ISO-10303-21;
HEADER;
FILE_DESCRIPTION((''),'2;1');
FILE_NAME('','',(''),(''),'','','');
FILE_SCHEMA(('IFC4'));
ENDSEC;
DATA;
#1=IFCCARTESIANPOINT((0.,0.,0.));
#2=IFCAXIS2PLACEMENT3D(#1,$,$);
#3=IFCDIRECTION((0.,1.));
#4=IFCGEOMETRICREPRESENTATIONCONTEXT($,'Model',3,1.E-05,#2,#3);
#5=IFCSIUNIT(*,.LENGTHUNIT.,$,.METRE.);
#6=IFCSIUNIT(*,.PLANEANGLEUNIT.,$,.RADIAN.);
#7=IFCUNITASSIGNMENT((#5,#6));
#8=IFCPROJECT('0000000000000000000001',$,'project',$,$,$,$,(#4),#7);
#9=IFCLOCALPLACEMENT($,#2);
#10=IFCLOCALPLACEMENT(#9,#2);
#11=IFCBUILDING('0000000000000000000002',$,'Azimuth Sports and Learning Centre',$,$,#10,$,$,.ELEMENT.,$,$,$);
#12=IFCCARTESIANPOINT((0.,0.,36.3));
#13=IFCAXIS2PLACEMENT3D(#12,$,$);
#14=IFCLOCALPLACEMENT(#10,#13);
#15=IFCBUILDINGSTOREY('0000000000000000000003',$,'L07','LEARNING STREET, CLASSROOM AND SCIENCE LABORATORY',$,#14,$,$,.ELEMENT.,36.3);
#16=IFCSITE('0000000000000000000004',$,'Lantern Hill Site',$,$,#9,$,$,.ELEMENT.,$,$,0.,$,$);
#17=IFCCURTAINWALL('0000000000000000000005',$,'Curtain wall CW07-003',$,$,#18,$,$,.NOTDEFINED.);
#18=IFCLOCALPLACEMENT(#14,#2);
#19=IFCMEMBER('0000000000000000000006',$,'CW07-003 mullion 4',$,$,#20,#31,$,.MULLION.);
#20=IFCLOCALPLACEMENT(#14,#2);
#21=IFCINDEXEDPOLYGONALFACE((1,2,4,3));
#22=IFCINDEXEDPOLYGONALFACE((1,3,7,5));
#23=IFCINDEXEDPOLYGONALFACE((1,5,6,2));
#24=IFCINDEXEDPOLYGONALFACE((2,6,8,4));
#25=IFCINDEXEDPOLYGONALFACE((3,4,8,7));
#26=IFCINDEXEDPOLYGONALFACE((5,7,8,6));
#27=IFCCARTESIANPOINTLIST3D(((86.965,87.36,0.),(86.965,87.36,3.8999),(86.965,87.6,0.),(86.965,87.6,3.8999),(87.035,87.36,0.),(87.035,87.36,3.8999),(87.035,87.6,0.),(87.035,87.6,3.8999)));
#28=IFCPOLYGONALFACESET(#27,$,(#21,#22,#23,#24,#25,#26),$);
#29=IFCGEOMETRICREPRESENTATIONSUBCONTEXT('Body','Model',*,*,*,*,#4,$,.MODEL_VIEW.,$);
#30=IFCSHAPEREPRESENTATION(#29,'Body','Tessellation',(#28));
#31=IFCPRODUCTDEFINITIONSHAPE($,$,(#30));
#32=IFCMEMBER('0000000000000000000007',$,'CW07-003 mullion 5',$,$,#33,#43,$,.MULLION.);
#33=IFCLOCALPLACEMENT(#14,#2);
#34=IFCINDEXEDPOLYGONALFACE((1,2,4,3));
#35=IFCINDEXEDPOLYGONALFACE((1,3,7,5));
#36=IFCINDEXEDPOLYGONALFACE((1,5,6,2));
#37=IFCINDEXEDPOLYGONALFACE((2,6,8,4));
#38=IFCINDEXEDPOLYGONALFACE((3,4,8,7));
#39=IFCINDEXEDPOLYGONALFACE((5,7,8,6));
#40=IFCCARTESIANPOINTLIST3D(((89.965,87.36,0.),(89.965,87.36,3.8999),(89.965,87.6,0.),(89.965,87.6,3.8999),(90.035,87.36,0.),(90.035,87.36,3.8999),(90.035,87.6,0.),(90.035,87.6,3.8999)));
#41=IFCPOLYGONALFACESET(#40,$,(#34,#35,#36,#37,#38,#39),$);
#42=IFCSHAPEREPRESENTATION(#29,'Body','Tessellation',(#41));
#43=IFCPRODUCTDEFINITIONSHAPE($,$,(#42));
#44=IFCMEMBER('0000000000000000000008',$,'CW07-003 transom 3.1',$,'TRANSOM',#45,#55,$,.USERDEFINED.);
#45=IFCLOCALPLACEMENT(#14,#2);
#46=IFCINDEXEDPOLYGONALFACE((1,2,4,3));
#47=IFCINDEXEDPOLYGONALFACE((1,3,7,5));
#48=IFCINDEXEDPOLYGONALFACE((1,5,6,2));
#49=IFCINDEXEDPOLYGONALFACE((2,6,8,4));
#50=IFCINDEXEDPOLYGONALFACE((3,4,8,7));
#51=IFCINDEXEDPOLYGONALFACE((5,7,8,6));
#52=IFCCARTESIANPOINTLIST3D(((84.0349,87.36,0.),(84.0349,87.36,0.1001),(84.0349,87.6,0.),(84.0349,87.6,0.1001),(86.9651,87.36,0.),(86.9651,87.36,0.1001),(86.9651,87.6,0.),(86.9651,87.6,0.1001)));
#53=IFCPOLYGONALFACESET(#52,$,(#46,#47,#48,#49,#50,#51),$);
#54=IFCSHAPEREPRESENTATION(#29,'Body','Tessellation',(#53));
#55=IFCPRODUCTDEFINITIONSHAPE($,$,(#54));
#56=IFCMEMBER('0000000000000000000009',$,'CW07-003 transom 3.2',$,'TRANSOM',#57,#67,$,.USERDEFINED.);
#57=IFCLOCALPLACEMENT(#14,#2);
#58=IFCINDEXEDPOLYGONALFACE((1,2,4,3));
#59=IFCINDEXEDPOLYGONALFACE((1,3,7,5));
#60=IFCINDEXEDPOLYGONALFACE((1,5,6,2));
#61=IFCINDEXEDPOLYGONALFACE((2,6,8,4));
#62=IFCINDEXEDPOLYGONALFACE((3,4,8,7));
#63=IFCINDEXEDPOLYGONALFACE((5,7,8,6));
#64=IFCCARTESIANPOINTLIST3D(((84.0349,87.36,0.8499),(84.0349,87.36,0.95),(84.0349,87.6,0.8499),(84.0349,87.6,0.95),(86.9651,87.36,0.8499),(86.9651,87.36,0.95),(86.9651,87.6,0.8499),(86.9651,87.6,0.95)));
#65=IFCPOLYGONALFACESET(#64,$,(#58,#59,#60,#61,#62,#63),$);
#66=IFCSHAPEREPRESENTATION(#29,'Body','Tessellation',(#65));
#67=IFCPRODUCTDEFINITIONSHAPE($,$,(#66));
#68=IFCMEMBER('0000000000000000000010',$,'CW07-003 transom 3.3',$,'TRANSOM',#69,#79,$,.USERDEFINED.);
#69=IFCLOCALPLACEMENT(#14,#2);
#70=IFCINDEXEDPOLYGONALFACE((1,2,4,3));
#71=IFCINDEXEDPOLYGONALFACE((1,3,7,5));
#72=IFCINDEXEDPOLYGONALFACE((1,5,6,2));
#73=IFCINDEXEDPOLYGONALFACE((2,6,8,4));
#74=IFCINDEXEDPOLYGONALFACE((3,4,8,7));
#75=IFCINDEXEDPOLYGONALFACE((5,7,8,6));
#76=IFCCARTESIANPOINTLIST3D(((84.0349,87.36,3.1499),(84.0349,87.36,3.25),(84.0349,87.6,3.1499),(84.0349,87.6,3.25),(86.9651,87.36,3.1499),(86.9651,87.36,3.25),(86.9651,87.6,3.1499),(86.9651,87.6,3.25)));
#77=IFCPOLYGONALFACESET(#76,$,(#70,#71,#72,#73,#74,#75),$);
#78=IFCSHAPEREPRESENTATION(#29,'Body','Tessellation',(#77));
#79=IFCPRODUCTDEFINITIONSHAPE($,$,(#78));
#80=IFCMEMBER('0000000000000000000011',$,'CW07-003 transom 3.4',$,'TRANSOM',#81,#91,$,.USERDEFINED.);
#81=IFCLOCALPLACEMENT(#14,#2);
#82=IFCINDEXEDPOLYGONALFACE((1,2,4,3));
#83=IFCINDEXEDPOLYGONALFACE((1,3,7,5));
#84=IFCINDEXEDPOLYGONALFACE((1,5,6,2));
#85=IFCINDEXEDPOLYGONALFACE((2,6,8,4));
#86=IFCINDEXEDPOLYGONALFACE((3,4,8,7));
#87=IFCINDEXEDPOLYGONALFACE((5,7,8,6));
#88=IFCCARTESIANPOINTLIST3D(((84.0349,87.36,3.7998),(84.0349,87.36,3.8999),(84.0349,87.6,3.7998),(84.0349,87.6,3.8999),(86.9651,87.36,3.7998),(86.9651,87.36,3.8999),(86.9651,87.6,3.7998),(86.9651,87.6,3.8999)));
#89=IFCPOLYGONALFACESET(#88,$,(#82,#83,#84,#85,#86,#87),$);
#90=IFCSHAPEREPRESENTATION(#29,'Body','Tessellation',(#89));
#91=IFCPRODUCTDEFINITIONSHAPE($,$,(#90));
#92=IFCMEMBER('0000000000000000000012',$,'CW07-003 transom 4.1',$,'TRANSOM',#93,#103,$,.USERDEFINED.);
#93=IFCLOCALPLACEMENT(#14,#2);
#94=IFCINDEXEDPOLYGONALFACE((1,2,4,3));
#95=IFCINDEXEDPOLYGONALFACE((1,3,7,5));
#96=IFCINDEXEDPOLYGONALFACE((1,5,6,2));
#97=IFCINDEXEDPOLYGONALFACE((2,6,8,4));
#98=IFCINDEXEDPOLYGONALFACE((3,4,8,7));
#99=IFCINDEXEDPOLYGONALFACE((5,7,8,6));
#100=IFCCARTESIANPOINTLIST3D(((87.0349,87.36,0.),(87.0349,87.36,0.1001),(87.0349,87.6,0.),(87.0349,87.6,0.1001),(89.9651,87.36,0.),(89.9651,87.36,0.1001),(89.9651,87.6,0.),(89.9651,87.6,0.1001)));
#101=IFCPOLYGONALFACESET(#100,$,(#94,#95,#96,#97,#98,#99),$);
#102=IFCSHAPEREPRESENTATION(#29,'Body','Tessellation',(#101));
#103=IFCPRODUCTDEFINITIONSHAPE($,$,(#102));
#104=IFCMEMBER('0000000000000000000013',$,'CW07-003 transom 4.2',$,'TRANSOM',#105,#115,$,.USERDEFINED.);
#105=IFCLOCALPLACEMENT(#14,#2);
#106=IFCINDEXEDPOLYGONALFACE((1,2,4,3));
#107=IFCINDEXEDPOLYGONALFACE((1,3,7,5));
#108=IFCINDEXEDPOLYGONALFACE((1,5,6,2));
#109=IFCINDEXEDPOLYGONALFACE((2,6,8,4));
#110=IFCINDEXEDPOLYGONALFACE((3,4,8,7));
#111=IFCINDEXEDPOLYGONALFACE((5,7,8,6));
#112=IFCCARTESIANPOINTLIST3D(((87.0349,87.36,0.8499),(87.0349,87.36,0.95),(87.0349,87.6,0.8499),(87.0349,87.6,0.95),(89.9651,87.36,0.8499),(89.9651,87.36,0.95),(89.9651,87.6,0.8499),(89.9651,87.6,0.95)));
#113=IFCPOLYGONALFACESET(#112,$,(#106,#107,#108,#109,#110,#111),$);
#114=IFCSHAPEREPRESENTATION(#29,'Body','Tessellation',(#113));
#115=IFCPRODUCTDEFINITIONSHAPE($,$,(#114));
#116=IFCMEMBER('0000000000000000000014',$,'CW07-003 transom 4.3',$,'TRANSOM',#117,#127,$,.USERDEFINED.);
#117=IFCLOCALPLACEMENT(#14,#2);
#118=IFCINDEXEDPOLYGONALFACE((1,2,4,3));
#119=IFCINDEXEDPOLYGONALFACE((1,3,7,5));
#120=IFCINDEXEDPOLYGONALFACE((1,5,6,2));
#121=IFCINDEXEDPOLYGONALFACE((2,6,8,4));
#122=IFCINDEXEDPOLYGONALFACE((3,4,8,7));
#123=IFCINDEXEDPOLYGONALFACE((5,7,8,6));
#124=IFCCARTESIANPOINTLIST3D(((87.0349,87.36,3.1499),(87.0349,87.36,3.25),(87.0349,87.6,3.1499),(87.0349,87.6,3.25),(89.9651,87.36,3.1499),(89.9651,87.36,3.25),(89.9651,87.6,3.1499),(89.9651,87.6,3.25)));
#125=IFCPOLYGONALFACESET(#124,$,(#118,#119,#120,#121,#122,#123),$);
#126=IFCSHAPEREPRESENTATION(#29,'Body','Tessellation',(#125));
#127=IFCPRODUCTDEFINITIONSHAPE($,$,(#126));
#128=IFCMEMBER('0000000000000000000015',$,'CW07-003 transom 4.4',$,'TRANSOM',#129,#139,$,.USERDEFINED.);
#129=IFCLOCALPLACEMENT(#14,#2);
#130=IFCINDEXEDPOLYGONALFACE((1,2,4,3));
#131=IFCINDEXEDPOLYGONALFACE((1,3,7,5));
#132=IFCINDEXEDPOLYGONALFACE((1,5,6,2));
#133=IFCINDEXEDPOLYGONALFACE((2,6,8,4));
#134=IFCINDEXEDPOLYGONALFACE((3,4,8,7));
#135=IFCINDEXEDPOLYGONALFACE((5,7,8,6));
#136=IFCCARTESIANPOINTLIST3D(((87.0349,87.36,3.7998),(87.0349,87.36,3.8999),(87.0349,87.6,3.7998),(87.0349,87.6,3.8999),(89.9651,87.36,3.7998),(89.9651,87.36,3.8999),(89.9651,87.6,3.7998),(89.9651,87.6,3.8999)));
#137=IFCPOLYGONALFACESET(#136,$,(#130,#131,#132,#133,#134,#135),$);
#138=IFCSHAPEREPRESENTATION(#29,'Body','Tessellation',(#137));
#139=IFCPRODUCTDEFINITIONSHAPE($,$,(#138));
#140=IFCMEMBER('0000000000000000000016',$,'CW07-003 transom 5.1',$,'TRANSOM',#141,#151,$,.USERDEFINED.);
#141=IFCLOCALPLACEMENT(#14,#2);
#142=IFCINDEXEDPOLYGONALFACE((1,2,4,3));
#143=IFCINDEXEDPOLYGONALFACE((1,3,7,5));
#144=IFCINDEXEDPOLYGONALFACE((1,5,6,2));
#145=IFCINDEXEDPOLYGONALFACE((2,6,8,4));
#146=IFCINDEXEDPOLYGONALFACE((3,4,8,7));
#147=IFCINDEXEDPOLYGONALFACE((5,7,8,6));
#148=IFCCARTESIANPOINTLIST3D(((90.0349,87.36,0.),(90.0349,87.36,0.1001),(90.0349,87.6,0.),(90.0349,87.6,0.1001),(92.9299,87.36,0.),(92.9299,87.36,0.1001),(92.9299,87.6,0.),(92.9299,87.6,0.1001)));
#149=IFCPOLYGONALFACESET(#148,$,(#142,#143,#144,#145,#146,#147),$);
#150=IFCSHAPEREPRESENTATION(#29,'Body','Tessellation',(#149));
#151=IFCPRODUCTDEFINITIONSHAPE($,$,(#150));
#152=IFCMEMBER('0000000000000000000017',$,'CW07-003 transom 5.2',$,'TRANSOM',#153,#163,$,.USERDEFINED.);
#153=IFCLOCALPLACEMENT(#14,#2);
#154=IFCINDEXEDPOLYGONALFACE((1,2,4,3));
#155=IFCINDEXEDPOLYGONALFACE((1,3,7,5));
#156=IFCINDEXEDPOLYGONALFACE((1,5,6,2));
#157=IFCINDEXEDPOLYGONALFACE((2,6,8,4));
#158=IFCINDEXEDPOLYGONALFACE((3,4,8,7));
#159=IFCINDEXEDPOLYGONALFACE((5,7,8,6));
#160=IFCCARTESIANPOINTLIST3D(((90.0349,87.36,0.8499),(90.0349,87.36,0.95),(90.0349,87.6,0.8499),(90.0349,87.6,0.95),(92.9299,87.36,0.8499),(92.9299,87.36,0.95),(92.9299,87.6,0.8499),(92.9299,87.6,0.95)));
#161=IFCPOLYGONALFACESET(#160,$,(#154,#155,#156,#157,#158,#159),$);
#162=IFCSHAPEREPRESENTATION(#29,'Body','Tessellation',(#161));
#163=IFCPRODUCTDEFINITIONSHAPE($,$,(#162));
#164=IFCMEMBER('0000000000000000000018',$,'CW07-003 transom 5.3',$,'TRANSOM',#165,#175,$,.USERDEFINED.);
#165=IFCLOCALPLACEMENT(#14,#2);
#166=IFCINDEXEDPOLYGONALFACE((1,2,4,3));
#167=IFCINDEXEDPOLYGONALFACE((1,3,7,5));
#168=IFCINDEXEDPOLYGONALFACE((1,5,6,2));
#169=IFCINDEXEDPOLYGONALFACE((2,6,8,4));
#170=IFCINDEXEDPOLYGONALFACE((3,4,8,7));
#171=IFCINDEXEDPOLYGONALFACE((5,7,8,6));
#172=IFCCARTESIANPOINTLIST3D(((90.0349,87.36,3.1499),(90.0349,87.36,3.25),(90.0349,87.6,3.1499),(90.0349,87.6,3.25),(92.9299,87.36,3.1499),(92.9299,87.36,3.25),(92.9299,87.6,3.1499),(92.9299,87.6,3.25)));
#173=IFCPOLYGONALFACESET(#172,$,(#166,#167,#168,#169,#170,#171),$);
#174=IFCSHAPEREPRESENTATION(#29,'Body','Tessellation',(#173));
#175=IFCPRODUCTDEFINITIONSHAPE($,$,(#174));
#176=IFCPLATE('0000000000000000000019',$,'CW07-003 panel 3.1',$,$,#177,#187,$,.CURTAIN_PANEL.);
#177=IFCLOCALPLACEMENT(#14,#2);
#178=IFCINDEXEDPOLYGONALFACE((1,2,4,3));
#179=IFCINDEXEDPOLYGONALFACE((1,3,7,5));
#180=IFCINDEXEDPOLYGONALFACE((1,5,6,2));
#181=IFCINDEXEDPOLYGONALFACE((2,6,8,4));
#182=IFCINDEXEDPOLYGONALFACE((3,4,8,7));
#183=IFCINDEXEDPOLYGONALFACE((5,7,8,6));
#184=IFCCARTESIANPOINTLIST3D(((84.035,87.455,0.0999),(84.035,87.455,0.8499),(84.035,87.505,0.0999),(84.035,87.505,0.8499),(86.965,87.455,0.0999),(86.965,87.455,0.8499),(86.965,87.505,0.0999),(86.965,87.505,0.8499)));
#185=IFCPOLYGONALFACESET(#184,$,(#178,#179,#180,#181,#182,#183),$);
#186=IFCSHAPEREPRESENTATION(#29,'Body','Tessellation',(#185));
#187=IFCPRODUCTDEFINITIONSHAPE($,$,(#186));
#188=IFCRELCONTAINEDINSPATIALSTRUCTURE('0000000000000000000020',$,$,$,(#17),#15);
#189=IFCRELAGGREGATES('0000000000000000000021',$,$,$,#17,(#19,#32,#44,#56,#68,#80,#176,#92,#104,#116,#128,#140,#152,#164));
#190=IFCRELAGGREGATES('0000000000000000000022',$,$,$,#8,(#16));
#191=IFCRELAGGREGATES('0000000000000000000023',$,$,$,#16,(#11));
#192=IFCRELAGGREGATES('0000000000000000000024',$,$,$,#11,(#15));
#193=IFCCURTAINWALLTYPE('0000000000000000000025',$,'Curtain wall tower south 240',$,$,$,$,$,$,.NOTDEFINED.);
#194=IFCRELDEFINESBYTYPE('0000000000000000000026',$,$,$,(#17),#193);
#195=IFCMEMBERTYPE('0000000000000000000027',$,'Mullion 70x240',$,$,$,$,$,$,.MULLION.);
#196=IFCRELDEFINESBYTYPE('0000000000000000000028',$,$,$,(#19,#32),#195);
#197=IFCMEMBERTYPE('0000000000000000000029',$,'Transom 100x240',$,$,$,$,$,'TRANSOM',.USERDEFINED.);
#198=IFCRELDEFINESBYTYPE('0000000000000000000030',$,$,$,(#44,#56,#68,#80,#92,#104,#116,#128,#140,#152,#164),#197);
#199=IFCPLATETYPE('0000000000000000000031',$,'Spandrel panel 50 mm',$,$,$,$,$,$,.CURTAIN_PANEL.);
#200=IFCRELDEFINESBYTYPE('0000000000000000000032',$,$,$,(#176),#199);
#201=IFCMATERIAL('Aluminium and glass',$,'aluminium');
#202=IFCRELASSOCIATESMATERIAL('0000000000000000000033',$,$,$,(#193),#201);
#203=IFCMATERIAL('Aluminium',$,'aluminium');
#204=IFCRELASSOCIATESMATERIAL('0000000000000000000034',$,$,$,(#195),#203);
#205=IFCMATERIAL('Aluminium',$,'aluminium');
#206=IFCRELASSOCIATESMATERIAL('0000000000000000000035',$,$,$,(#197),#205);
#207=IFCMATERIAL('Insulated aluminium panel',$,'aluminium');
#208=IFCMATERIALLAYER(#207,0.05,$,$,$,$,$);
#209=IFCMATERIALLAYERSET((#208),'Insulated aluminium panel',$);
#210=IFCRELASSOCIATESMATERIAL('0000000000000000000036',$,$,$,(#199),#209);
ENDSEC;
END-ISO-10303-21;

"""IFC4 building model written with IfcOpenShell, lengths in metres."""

from ifc_helpers import new_model, si_unit, direction, frame, origin, origin_2d, place, context, subcontext, project, spatial, rectangle, extrude, material, layer, layer_set, material_profile, profile_set, type_object, element, aggregate, save


model = new_model("IFC4")

# Units and contexts
model_context = context("Model", 3, precision=1e-05, world=origin(), true_north=direction((0.0, 1.0)))
body_context = subcontext(model_context, "Body", "Model", "MODEL_VIEW")
ifc_project = project(units=[si_unit("LENGTHUNIT", "METRE"), si_unit("PLANEANGLEUNIT", "RADIAN")], contexts=[model_context])

# Site, building, storey
site_placement = place(None, origin())
site = spatial("IfcSite", under=ifc_project, at=site_placement, Name="Lantern Hill Site", CompositionType="ELEMENT", RefElevation=0.0)
building_placement = place(site_placement, origin())
building = spatial("IfcBuilding", under=site, at=building_placement, Name="Azimuth Sports and Learning Centre", CompositionType="ELEMENT")
storey_placement = place(building_placement, frame((0.0, 0.0, 36.3)))
storey = spatial("IfcBuildingStorey", under=building, at=storey_placement, Name="L07", Description="LEARNING STREET, CLASSROOM AND SCIENCE LABORATORY", CompositionType="ELEMENT", Elevation=36.3)

# Curtain wall, members, plate
ifc_material_1 = material(Name="Aluminium and glass", Category="aluminium")
curtain_wall_type = type_object("IfcCurtainWallType", Name="Curtain wall tower south 240", PredefinedType="NOTDEFINED", material=ifc_material_1)
curtain_wall_placement = place(storey_placement, origin())
curtain_wall = element("IfcCurtainWall", 1, at=curtain_wall_placement, inside=storey, type_object=curtain_wall_type, Name="Curtain wall CW07-003", PredefinedType="NOTDEFINED")
ifc_material_2 = material(Name="Aluminium", Category="aluminium")
ifc_material_profile_1 = material_profile(ifc_material_2, rectangle(XDim=0.24, YDim=0.0701, at=origin_2d()), Name="Mullion 70x240")
ifc_profile_set_1 = profile_set([ifc_material_profile_1], Name="Aluminium")
member_type_1 = type_object("IfcMemberType", Name="Mullion 70x240", PredefinedType="MULLION", material=ifc_profile_set_1)
member_1_placement = place(storey_placement, frame((87.0, 87.48, 0.0), z_axis=(0.0, 0.0, 1.0), x_axis=(0.0, 1.0, 0.0)))
member_1 = element("IfcMember", 2, at=member_1_placement, type_object=member_type_1, Name="CW07-003 mullion 4", PredefinedType="MULLION", context=body_context, shape_type="SweptSolid", body=[
    extrude(rectangle(XDim=0.24, YDim=0.0701, at=origin_2d()), origin(), (0.0, 0.0, 1.0), 3.8999),
])
member_2_placement = place(storey_placement, frame((90.0, 87.48, 0.0), z_axis=(0.0, 0.0, 1.0), x_axis=(0.0, 1.0, 0.0)))
member_2 = element("IfcMember", 3, at=member_2_placement, type_object=member_type_1, Name="CW07-003 mullion 5", PredefinedType="MULLION", context=body_context, shape_type="SweptSolid", body=[
    extrude(rectangle(XDim=0.24, YDim=0.0701, at=origin_2d()), origin(), (0.0, 0.0, 1.0), 3.8999),
])
ifc_material_3 = material(Name="Aluminium", Category="aluminium")
ifc_material_profile_2 = material_profile(ifc_material_3, rectangle(XDim=0.24, YDim=0.1001, at=origin_2d()), Name="Transom 100x240")
ifc_profile_set_2 = profile_set([ifc_material_profile_2], Name="Aluminium")
member_type_2 = type_object("IfcMemberType", Name="Transom 100x240", ElementType="TRANSOM", PredefinedType="USERDEFINED", material=ifc_profile_set_2)
member_3_placement = place(storey_placement, frame((84.0349, 87.48, 0.05), z_axis=(1.0, 0.0, 0.0), x_axis=(0.0, 1.0, 0.0)))
member_3 = element("IfcMember", 4, at=member_3_placement, type_object=member_type_2, Name="CW07-003 transom 3.1", ObjectType="TRANSOM", PredefinedType="USERDEFINED", context=body_context, shape_type="SweptSolid", body=[
    extrude(rectangle(XDim=0.24, YDim=0.1001, at=origin_2d()), origin(), (0.0, 0.0, 1.0), 2.9302),
])
member_4_placement = place(storey_placement, frame((84.0349, 87.48, 0.8999), z_axis=(1.0, 0.0, 0.0), x_axis=(0.0, 1.0, 0.0)))
member_4 = element("IfcMember", 5, at=member_4_placement, type_object=member_type_2, Name="CW07-003 transom 3.2", ObjectType="TRANSOM", PredefinedType="USERDEFINED", context=body_context, shape_type="SweptSolid", body=[
    extrude(rectangle(XDim=0.24, YDim=0.1001, at=origin_2d()), origin(), (0.0, 0.0, 1.0), 2.9302),
])
member_5_placement = place(storey_placement, frame((84.0349, 87.48, 3.2), z_axis=(1.0, 0.0, 0.0), x_axis=(0.0, 1.0, 0.0)))
member_5 = element("IfcMember", 6, at=member_5_placement, type_object=member_type_2, Name="CW07-003 transom 3.3", ObjectType="TRANSOM", PredefinedType="USERDEFINED", context=body_context, shape_type="SweptSolid", body=[
    extrude(rectangle(XDim=0.24, YDim=0.1001, at=origin_2d()), origin(), (0.0, 0.0, 1.0), 2.9302),
])
member_6_placement = place(storey_placement, frame((84.0349, 87.48, 3.8499), z_axis=(1.0, 0.0, 0.0), x_axis=(0.0, 1.0, 0.0)))
member_6 = element("IfcMember", 7, at=member_6_placement, type_object=member_type_2, Name="CW07-003 transom 3.4", ObjectType="TRANSOM", PredefinedType="USERDEFINED", context=body_context, shape_type="SweptSolid", body=[
    extrude(rectangle(XDim=0.24, YDim=0.1001, at=origin_2d()), origin(), (0.0, 0.0, 1.0), 2.9302),
])
member_7_placement = place(storey_placement, frame((87.0349, 87.48, 0.05), z_axis=(1.0, 0.0, 0.0), x_axis=(0.0, 1.0, 0.0)))
member_7 = element("IfcMember", 8, at=member_7_placement, type_object=member_type_2, Name="CW07-003 transom 4.1", ObjectType="TRANSOM", PredefinedType="USERDEFINED", context=body_context, shape_type="SweptSolid", body=[
    extrude(rectangle(XDim=0.24, YDim=0.1001, at=origin_2d()), origin(), (0.0, 0.0, 1.0), 2.9302),
])
member_8_placement = place(storey_placement, frame((87.0349, 87.48, 0.8999), z_axis=(1.0, 0.0, 0.0), x_axis=(0.0, 1.0, 0.0)))
member_8 = element("IfcMember", 9, at=member_8_placement, type_object=member_type_2, Name="CW07-003 transom 4.2", ObjectType="TRANSOM", PredefinedType="USERDEFINED", context=body_context, shape_type="SweptSolid", body=[
    extrude(rectangle(XDim=0.24, YDim=0.1001, at=origin_2d()), origin(), (0.0, 0.0, 1.0), 2.9302),
])
member_9_placement = place(storey_placement, frame((87.0349, 87.48, 3.2), z_axis=(1.0, 0.0, 0.0), x_axis=(0.0, 1.0, 0.0)))
member_9 = element("IfcMember", 10, at=member_9_placement, type_object=member_type_2, Name="CW07-003 transom 4.3", ObjectType="TRANSOM", PredefinedType="USERDEFINED", context=body_context, shape_type="SweptSolid", body=[
    extrude(rectangle(XDim=0.24, YDim=0.1001, at=origin_2d()), origin(), (0.0, 0.0, 1.0), 2.9302),
])
member_10_placement = place(storey_placement, frame((87.0349, 87.48, 3.8499), z_axis=(1.0, 0.0, 0.0), x_axis=(0.0, 1.0, 0.0)))
member_10 = element("IfcMember", 11, at=member_10_placement, type_object=member_type_2, Name="CW07-003 transom 4.4", ObjectType="TRANSOM", PredefinedType="USERDEFINED", context=body_context, shape_type="SweptSolid", body=[
    extrude(rectangle(XDim=0.24, YDim=0.1001, at=origin_2d()), origin(), (0.0, 0.0, 1.0), 2.9302),
])
member_11_placement = place(storey_placement, frame((90.0349, 87.48, 0.05), z_axis=(1.0, 0.0, 0.0), x_axis=(0.0, 1.0, 0.0)))
member_11 = element("IfcMember", 12, at=member_11_placement, type_object=member_type_2, Name="CW07-003 transom 5.1", ObjectType="TRANSOM", PredefinedType="USERDEFINED", context=body_context, shape_type="SweptSolid", body=[
    extrude(rectangle(XDim=0.24, YDim=0.1001, at=origin_2d()), origin(), (0.0, 0.0, 1.0), 2.895),
])
member_12_placement = place(storey_placement, frame((90.0349, 87.48, 0.8999), z_axis=(1.0, 0.0, 0.0), x_axis=(0.0, 1.0, 0.0)))
member_12 = element("IfcMember", 13, at=member_12_placement, type_object=member_type_2, Name="CW07-003 transom 5.2", ObjectType="TRANSOM", PredefinedType="USERDEFINED", context=body_context, shape_type="SweptSolid", body=[
    extrude(rectangle(XDim=0.24, YDim=0.1001, at=origin_2d()), origin(), (0.0, 0.0, 1.0), 2.895),
])
member_13_placement = place(storey_placement, frame((90.0349, 87.48, 3.2), z_axis=(1.0, 0.0, 0.0), x_axis=(0.0, 1.0, 0.0)))
member_13 = element("IfcMember", 14, at=member_13_placement, type_object=member_type_2, Name="CW07-003 transom 5.3", ObjectType="TRANSOM", PredefinedType="USERDEFINED", context=body_context, shape_type="SweptSolid", body=[
    extrude(rectangle(XDim=0.24, YDim=0.1001, at=origin_2d()), origin(), (0.0, 0.0, 1.0), 2.895),
])
ifc_material_4 = material(Name="Insulated aluminium panel", Category="aluminium")
ifc_layer_1 = layer(ifc_material_4, 0.05)
ifc_layer_set_1 = layer_set([ifc_layer_1], Name="Insulated aluminium panel")
plate_type_1 = type_object("IfcPlateType", Name="Spandrel panel 50 mm", PredefinedType="CURTAIN_PANEL", material=ifc_layer_set_1)
plate_1_placement = place(storey_placement, frame((85.5, 87.48, 0.0999), z_axis=(0.0, 0.0, 1.0), x_axis=(1.0, 0.0, 0.0)))
plate_1 = element("IfcPlate", 15, at=plate_1_placement, type_object=plate_type_1, Name="CW07-003 panel 3.1", PredefinedType="CURTAIN_PANEL", context=body_context, shape_type="SweptSolid", body=[
    extrude(rectangle(XDim=2.9299, YDim=0.05, at=origin_2d()), origin(), (0.0, 0.0, 1.0), 0.75),
])
aggregate(curtain_wall, [member_1, member_2, member_3, member_4, member_5, member_6, plate_1, member_7, member_8, member_9, member_10, member_11, member_12, member_13])

save(model, "model.ifc")
